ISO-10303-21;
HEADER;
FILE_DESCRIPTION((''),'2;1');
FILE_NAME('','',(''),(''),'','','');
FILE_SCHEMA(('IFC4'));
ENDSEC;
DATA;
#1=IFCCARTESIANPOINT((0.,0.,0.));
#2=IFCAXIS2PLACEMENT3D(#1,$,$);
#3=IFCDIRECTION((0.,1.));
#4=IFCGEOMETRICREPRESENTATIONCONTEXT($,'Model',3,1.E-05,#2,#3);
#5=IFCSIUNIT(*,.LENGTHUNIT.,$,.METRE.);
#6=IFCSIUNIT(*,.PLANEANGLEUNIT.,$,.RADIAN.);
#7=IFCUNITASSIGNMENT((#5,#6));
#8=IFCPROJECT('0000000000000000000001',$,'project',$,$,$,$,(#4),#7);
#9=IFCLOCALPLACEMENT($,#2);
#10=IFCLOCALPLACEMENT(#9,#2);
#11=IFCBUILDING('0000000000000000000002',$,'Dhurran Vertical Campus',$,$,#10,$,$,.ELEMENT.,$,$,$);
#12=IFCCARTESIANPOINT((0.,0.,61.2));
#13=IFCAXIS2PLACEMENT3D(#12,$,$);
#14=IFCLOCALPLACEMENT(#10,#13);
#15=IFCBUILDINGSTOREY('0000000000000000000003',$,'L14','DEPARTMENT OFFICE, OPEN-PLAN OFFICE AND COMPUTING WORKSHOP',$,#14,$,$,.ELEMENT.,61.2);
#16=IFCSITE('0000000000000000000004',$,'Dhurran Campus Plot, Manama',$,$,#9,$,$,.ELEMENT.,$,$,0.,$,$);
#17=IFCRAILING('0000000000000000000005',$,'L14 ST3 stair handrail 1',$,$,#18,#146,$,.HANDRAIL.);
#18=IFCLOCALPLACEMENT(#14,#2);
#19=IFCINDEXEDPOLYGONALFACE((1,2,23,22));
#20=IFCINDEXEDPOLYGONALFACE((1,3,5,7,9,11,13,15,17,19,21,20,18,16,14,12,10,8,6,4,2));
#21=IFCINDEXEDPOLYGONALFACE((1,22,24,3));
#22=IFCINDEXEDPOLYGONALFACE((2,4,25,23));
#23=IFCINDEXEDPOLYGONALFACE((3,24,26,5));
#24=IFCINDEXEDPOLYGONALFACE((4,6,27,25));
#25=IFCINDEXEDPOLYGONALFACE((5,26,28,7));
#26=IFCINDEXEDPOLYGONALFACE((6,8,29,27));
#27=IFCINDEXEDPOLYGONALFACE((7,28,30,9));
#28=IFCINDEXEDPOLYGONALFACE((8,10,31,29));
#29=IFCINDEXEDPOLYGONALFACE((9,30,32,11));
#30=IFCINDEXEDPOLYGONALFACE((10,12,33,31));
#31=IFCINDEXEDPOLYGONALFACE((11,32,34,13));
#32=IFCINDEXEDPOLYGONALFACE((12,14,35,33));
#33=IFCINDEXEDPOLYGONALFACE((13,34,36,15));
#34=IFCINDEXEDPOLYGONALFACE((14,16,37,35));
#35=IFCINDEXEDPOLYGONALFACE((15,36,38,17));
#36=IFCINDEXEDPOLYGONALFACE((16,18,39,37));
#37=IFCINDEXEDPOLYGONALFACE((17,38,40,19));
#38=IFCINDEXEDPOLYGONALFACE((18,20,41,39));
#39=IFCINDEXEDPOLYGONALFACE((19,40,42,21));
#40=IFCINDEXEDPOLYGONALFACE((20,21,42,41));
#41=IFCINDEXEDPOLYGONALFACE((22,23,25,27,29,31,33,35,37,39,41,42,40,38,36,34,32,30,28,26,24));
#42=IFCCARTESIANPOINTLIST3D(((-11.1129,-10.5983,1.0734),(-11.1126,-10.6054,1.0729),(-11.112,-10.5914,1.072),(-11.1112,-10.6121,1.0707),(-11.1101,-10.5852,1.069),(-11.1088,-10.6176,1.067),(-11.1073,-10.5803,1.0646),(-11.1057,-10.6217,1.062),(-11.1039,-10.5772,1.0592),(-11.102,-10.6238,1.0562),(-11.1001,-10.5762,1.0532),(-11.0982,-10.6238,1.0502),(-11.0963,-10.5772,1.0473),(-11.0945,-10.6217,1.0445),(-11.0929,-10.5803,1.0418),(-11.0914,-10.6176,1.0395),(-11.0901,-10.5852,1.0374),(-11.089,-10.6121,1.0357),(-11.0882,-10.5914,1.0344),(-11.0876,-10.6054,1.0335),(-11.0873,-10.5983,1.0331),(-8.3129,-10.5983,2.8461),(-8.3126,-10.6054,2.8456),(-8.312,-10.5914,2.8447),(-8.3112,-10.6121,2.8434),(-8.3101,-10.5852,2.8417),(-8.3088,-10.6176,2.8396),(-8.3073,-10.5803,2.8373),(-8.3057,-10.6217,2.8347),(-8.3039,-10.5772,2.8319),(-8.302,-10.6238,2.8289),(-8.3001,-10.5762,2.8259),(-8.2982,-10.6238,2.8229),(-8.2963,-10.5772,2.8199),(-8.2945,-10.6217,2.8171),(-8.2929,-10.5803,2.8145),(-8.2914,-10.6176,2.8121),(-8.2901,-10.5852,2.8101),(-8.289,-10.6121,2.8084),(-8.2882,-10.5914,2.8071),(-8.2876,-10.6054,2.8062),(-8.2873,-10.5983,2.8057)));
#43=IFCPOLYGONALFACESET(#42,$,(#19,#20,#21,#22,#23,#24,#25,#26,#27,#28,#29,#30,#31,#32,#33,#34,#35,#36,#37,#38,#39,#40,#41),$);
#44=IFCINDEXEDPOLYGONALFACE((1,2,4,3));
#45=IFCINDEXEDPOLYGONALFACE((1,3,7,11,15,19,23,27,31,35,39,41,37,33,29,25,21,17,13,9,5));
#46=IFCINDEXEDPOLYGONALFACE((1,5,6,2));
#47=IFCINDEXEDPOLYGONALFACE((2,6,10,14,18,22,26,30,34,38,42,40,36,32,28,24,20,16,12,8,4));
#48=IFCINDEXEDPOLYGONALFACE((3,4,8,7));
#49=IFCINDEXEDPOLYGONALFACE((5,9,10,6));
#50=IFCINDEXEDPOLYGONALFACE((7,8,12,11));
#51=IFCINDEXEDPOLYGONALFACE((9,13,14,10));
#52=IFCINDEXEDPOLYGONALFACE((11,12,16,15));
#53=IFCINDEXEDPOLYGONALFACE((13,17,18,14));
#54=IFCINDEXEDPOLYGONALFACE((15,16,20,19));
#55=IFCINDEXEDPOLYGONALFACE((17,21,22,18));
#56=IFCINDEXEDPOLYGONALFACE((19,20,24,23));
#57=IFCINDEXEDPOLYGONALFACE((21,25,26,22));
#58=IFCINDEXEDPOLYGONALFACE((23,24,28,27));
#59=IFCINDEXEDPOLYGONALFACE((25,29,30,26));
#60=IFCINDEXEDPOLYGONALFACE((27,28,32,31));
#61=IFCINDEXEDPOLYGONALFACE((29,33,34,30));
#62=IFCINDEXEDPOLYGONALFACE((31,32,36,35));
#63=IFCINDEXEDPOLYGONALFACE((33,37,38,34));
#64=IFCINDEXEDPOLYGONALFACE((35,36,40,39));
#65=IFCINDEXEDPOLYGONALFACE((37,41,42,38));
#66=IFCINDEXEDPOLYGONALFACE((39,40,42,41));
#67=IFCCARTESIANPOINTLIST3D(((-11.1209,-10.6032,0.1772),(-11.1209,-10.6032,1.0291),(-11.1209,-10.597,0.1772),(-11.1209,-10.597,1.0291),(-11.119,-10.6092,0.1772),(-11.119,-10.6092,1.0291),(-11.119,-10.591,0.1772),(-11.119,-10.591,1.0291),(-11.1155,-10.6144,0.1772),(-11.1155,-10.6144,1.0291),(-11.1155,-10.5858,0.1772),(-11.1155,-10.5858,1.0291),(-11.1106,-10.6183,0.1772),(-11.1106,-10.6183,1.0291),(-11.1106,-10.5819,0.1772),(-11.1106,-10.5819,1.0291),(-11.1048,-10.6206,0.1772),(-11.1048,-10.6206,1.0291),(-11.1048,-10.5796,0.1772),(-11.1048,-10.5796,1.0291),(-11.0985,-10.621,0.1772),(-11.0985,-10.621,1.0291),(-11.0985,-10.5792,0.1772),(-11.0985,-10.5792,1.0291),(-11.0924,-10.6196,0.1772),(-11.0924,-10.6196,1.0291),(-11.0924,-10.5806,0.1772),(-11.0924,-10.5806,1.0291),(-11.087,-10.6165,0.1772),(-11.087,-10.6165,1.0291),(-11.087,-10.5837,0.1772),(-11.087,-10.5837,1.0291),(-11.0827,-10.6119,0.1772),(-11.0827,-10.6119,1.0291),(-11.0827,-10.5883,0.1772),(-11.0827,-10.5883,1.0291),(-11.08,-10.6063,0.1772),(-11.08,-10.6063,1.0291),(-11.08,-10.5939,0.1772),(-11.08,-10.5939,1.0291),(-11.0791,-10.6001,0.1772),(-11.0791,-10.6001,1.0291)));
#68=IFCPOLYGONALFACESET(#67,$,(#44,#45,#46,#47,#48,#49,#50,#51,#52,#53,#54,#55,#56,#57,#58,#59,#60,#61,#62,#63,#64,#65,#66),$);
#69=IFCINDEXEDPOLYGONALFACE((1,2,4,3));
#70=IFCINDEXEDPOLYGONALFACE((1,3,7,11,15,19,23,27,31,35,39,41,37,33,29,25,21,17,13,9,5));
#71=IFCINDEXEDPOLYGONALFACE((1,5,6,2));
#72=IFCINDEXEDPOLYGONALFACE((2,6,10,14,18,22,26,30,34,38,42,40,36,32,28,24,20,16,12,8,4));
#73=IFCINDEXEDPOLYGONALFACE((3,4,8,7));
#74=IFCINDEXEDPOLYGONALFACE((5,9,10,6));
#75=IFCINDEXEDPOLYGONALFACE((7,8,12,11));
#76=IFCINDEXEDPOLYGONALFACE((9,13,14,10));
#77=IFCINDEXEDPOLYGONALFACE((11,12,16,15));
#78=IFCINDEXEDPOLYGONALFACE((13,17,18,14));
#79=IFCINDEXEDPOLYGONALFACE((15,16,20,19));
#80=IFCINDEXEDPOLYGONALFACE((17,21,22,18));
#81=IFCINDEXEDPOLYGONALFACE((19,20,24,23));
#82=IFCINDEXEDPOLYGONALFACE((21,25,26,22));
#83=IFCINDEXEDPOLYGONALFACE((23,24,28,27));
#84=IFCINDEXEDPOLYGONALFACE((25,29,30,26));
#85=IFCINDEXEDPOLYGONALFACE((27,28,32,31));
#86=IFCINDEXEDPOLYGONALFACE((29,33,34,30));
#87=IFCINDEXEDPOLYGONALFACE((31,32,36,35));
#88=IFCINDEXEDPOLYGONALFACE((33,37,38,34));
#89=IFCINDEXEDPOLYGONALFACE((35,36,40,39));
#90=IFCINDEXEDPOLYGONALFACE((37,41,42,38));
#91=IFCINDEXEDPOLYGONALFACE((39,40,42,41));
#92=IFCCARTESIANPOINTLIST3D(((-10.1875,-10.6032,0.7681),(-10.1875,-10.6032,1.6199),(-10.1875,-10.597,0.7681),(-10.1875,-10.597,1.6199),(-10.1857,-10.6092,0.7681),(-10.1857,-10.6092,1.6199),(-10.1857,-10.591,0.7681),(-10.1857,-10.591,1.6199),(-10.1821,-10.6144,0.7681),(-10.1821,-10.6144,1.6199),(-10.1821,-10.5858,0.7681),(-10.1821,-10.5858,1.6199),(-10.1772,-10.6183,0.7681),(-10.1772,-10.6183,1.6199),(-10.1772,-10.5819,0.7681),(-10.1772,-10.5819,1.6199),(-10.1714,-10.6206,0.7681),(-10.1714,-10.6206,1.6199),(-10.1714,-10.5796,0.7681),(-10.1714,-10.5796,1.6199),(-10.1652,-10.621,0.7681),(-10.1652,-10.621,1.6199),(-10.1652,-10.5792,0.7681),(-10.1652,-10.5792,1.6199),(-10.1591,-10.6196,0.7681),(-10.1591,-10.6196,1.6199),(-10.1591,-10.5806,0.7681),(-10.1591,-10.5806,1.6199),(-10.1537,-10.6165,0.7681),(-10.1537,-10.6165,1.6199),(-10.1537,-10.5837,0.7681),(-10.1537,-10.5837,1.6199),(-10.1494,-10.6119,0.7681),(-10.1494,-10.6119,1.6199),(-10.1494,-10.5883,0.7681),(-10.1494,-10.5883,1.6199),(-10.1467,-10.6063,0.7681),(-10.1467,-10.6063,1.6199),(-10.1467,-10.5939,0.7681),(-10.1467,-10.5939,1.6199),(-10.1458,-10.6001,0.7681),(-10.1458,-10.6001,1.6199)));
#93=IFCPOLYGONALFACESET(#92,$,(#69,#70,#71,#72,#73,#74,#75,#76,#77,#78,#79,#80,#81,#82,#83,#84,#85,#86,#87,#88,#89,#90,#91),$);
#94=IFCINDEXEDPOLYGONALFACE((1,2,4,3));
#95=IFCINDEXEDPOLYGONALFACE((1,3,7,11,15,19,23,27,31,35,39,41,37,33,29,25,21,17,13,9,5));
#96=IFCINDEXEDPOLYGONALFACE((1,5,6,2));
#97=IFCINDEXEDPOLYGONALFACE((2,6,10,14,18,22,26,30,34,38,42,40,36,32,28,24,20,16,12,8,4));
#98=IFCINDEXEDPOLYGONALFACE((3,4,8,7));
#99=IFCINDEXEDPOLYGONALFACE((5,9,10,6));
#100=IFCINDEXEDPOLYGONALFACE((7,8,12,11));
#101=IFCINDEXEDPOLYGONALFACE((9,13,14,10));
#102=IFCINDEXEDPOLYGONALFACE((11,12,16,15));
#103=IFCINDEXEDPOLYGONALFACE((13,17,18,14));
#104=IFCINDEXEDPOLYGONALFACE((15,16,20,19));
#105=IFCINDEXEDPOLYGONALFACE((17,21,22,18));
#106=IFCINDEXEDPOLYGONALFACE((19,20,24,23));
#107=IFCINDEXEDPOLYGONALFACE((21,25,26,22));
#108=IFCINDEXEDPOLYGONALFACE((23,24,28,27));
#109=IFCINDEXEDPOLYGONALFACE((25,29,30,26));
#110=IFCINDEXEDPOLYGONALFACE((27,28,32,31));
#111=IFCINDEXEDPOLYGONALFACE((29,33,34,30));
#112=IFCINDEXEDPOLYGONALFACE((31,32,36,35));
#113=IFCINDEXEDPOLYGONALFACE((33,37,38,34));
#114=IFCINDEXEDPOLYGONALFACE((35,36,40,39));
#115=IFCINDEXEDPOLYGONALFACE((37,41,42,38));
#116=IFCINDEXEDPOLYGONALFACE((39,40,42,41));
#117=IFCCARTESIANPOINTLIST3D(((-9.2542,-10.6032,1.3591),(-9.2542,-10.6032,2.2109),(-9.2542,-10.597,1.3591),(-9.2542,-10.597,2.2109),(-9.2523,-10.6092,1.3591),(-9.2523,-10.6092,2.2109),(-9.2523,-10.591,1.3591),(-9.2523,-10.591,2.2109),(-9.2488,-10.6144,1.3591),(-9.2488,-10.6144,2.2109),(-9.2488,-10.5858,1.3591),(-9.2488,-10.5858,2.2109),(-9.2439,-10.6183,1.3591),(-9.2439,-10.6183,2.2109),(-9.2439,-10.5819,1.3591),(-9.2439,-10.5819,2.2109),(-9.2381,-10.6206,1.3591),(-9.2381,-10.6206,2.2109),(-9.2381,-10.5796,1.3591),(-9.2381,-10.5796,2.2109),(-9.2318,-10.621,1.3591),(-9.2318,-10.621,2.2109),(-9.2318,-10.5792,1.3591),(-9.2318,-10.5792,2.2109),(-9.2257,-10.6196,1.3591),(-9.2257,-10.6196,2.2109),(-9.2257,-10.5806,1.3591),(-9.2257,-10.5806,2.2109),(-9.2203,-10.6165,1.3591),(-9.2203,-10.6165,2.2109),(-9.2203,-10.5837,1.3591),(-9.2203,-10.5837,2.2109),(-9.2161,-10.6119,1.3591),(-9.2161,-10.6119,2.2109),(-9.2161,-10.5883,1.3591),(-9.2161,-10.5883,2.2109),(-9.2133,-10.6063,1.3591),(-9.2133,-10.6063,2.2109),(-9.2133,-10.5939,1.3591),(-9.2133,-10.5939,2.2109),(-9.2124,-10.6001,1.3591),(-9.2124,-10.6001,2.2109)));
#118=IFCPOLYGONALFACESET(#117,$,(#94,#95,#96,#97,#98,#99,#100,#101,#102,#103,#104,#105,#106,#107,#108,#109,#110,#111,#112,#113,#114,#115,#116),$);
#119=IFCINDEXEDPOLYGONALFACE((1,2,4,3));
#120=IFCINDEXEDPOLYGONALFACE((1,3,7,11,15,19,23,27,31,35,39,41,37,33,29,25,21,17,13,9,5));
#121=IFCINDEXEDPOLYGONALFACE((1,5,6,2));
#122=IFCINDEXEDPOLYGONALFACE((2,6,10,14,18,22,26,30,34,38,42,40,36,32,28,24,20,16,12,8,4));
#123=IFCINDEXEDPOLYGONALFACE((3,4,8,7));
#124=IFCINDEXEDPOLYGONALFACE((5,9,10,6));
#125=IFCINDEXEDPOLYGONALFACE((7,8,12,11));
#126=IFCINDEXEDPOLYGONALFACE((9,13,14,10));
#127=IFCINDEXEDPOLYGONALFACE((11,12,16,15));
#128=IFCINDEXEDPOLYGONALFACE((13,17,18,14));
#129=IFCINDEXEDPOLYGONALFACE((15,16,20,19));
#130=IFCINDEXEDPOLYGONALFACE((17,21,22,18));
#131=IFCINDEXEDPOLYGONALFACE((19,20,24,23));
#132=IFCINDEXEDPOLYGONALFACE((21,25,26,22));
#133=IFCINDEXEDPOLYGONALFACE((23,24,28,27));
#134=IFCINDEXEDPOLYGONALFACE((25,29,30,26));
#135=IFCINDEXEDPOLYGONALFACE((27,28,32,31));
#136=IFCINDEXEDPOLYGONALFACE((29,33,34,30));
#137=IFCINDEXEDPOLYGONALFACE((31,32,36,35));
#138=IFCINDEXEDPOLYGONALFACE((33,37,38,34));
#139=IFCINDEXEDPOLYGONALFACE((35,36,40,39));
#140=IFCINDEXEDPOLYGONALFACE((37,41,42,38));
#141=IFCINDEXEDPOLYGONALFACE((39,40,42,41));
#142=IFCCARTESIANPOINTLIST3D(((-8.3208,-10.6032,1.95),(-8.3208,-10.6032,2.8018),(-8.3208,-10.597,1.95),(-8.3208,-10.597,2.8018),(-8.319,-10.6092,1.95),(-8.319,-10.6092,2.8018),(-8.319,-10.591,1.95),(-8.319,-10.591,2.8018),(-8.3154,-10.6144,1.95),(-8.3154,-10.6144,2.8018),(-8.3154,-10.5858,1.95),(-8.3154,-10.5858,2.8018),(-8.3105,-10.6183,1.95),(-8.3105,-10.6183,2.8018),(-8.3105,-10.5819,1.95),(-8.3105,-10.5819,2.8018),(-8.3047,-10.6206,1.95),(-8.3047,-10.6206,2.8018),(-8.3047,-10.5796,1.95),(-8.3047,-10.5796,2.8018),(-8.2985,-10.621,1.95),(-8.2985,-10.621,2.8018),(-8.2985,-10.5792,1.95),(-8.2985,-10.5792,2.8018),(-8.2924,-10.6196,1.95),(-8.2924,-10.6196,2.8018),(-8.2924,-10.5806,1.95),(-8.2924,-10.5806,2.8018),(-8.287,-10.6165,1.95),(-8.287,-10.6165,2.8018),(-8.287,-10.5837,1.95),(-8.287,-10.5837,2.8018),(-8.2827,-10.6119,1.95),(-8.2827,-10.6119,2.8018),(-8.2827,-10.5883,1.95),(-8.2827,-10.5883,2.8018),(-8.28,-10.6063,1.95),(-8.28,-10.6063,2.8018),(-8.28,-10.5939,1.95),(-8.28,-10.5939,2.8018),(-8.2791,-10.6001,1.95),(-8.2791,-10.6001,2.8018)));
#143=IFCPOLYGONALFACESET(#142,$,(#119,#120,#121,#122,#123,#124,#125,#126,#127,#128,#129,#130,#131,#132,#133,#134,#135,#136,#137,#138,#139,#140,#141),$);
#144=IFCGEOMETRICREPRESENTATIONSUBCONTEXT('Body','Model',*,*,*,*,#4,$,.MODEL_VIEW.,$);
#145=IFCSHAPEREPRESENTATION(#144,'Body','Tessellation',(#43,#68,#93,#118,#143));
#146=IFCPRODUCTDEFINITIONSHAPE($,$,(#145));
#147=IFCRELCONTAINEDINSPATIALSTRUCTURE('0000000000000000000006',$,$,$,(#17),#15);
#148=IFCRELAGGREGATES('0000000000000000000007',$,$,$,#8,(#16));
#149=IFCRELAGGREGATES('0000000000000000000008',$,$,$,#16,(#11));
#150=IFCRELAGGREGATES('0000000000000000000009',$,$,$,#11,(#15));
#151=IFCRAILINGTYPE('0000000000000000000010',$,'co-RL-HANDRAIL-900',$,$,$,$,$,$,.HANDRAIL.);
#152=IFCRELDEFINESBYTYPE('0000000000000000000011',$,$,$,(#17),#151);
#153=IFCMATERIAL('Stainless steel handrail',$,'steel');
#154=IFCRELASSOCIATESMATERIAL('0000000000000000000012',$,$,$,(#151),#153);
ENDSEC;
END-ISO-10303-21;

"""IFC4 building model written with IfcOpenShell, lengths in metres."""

from ifc_helpers import new_model, si_unit, direction, frame, origin, origin_2d, place, context, subcontext, project, spatial, circle, extrude, material, type_object, element, save


model = new_model("IFC4")

# Units and contexts
model_context = context("Model", 3, precision=1e-05, world=origin(), true_north=direction((0.0, 1.0)))
body_context = subcontext(model_context, "Body", "Model", "MODEL_VIEW")
ifc_project = project(units=[si_unit("LENGTHUNIT", "METRE"), si_unit("PLANEANGLEUNIT", "RADIAN")], contexts=[model_context])

# Site, building, storey
site_placement = place(None, origin())
site = spatial("IfcSite", under=ifc_project, at=site_placement, Name="Dhurran Campus Plot, Manama", CompositionType="ELEMENT", RefElevation=0.0)
building_placement = place(site_placement, origin())
building = spatial("IfcBuilding", under=site, at=building_placement, Name="Dhurran Vertical Campus", CompositionType="ELEMENT")
storey_placement = place(building_placement, frame((0.0, 0.0, 61.2)))
storey = spatial("IfcBuildingStorey", under=building, at=storey_placement, Name="L14", Description="DEPARTMENT OFFICE, OPEN-PLAN OFFICE AND COMPUTING WORKSHOP", CompositionType="ELEMENT", Elevation=61.2)

# Railing
ifc_material_1 = material(Name="Stainless steel handrail", Category="steel")
railing_type = type_object("IfcRailingType", Name="co-RL-HANDRAIL-900", PredefinedType="HANDRAIL", material=ifc_material_1)
railing_placement = place(storey_placement, frame((-11.1001, -10.6001, 0.1772)))
element("IfcRailing", 1, at=railing_placement, inside=storey, type_object=railing_type, Name="L14 ST3 stair handrail 1", PredefinedType="HANDRAIL", context=body_context, shape_type="SweptSolid", body=[
    extrude(circle(Radius=0.0239, at=origin_2d()), frame((0.0, 0.0, 0.876), z_axis=(0.844909, 0.0, 0.53491), x_axis=(0.0, 1.0, 0.0)), (0.0, 0.0, 1.0), 3.314),
    extrude(circle(Radius=0.021, at=origin_2d()), origin(), (0.0, 0.0, 1.0), 0.8518),
    extrude(circle(Radius=0.021, at=origin_2d()), frame((0.9333, 0.0, 0.5908)), (0.0, 0.0, 1.0), 0.8518),
    extrude(circle(Radius=0.021, at=origin_2d()), frame((1.8667, 0.0, 1.1819)), (0.0, 0.0, 1.0), 0.8518),
    extrude(circle(Radius=0.021, at=origin_2d()), frame((2.8, 0.0, 1.7727)), (0.0, 0.0, 1.0), 0.8518),
])

save(model, "model.ifc")
